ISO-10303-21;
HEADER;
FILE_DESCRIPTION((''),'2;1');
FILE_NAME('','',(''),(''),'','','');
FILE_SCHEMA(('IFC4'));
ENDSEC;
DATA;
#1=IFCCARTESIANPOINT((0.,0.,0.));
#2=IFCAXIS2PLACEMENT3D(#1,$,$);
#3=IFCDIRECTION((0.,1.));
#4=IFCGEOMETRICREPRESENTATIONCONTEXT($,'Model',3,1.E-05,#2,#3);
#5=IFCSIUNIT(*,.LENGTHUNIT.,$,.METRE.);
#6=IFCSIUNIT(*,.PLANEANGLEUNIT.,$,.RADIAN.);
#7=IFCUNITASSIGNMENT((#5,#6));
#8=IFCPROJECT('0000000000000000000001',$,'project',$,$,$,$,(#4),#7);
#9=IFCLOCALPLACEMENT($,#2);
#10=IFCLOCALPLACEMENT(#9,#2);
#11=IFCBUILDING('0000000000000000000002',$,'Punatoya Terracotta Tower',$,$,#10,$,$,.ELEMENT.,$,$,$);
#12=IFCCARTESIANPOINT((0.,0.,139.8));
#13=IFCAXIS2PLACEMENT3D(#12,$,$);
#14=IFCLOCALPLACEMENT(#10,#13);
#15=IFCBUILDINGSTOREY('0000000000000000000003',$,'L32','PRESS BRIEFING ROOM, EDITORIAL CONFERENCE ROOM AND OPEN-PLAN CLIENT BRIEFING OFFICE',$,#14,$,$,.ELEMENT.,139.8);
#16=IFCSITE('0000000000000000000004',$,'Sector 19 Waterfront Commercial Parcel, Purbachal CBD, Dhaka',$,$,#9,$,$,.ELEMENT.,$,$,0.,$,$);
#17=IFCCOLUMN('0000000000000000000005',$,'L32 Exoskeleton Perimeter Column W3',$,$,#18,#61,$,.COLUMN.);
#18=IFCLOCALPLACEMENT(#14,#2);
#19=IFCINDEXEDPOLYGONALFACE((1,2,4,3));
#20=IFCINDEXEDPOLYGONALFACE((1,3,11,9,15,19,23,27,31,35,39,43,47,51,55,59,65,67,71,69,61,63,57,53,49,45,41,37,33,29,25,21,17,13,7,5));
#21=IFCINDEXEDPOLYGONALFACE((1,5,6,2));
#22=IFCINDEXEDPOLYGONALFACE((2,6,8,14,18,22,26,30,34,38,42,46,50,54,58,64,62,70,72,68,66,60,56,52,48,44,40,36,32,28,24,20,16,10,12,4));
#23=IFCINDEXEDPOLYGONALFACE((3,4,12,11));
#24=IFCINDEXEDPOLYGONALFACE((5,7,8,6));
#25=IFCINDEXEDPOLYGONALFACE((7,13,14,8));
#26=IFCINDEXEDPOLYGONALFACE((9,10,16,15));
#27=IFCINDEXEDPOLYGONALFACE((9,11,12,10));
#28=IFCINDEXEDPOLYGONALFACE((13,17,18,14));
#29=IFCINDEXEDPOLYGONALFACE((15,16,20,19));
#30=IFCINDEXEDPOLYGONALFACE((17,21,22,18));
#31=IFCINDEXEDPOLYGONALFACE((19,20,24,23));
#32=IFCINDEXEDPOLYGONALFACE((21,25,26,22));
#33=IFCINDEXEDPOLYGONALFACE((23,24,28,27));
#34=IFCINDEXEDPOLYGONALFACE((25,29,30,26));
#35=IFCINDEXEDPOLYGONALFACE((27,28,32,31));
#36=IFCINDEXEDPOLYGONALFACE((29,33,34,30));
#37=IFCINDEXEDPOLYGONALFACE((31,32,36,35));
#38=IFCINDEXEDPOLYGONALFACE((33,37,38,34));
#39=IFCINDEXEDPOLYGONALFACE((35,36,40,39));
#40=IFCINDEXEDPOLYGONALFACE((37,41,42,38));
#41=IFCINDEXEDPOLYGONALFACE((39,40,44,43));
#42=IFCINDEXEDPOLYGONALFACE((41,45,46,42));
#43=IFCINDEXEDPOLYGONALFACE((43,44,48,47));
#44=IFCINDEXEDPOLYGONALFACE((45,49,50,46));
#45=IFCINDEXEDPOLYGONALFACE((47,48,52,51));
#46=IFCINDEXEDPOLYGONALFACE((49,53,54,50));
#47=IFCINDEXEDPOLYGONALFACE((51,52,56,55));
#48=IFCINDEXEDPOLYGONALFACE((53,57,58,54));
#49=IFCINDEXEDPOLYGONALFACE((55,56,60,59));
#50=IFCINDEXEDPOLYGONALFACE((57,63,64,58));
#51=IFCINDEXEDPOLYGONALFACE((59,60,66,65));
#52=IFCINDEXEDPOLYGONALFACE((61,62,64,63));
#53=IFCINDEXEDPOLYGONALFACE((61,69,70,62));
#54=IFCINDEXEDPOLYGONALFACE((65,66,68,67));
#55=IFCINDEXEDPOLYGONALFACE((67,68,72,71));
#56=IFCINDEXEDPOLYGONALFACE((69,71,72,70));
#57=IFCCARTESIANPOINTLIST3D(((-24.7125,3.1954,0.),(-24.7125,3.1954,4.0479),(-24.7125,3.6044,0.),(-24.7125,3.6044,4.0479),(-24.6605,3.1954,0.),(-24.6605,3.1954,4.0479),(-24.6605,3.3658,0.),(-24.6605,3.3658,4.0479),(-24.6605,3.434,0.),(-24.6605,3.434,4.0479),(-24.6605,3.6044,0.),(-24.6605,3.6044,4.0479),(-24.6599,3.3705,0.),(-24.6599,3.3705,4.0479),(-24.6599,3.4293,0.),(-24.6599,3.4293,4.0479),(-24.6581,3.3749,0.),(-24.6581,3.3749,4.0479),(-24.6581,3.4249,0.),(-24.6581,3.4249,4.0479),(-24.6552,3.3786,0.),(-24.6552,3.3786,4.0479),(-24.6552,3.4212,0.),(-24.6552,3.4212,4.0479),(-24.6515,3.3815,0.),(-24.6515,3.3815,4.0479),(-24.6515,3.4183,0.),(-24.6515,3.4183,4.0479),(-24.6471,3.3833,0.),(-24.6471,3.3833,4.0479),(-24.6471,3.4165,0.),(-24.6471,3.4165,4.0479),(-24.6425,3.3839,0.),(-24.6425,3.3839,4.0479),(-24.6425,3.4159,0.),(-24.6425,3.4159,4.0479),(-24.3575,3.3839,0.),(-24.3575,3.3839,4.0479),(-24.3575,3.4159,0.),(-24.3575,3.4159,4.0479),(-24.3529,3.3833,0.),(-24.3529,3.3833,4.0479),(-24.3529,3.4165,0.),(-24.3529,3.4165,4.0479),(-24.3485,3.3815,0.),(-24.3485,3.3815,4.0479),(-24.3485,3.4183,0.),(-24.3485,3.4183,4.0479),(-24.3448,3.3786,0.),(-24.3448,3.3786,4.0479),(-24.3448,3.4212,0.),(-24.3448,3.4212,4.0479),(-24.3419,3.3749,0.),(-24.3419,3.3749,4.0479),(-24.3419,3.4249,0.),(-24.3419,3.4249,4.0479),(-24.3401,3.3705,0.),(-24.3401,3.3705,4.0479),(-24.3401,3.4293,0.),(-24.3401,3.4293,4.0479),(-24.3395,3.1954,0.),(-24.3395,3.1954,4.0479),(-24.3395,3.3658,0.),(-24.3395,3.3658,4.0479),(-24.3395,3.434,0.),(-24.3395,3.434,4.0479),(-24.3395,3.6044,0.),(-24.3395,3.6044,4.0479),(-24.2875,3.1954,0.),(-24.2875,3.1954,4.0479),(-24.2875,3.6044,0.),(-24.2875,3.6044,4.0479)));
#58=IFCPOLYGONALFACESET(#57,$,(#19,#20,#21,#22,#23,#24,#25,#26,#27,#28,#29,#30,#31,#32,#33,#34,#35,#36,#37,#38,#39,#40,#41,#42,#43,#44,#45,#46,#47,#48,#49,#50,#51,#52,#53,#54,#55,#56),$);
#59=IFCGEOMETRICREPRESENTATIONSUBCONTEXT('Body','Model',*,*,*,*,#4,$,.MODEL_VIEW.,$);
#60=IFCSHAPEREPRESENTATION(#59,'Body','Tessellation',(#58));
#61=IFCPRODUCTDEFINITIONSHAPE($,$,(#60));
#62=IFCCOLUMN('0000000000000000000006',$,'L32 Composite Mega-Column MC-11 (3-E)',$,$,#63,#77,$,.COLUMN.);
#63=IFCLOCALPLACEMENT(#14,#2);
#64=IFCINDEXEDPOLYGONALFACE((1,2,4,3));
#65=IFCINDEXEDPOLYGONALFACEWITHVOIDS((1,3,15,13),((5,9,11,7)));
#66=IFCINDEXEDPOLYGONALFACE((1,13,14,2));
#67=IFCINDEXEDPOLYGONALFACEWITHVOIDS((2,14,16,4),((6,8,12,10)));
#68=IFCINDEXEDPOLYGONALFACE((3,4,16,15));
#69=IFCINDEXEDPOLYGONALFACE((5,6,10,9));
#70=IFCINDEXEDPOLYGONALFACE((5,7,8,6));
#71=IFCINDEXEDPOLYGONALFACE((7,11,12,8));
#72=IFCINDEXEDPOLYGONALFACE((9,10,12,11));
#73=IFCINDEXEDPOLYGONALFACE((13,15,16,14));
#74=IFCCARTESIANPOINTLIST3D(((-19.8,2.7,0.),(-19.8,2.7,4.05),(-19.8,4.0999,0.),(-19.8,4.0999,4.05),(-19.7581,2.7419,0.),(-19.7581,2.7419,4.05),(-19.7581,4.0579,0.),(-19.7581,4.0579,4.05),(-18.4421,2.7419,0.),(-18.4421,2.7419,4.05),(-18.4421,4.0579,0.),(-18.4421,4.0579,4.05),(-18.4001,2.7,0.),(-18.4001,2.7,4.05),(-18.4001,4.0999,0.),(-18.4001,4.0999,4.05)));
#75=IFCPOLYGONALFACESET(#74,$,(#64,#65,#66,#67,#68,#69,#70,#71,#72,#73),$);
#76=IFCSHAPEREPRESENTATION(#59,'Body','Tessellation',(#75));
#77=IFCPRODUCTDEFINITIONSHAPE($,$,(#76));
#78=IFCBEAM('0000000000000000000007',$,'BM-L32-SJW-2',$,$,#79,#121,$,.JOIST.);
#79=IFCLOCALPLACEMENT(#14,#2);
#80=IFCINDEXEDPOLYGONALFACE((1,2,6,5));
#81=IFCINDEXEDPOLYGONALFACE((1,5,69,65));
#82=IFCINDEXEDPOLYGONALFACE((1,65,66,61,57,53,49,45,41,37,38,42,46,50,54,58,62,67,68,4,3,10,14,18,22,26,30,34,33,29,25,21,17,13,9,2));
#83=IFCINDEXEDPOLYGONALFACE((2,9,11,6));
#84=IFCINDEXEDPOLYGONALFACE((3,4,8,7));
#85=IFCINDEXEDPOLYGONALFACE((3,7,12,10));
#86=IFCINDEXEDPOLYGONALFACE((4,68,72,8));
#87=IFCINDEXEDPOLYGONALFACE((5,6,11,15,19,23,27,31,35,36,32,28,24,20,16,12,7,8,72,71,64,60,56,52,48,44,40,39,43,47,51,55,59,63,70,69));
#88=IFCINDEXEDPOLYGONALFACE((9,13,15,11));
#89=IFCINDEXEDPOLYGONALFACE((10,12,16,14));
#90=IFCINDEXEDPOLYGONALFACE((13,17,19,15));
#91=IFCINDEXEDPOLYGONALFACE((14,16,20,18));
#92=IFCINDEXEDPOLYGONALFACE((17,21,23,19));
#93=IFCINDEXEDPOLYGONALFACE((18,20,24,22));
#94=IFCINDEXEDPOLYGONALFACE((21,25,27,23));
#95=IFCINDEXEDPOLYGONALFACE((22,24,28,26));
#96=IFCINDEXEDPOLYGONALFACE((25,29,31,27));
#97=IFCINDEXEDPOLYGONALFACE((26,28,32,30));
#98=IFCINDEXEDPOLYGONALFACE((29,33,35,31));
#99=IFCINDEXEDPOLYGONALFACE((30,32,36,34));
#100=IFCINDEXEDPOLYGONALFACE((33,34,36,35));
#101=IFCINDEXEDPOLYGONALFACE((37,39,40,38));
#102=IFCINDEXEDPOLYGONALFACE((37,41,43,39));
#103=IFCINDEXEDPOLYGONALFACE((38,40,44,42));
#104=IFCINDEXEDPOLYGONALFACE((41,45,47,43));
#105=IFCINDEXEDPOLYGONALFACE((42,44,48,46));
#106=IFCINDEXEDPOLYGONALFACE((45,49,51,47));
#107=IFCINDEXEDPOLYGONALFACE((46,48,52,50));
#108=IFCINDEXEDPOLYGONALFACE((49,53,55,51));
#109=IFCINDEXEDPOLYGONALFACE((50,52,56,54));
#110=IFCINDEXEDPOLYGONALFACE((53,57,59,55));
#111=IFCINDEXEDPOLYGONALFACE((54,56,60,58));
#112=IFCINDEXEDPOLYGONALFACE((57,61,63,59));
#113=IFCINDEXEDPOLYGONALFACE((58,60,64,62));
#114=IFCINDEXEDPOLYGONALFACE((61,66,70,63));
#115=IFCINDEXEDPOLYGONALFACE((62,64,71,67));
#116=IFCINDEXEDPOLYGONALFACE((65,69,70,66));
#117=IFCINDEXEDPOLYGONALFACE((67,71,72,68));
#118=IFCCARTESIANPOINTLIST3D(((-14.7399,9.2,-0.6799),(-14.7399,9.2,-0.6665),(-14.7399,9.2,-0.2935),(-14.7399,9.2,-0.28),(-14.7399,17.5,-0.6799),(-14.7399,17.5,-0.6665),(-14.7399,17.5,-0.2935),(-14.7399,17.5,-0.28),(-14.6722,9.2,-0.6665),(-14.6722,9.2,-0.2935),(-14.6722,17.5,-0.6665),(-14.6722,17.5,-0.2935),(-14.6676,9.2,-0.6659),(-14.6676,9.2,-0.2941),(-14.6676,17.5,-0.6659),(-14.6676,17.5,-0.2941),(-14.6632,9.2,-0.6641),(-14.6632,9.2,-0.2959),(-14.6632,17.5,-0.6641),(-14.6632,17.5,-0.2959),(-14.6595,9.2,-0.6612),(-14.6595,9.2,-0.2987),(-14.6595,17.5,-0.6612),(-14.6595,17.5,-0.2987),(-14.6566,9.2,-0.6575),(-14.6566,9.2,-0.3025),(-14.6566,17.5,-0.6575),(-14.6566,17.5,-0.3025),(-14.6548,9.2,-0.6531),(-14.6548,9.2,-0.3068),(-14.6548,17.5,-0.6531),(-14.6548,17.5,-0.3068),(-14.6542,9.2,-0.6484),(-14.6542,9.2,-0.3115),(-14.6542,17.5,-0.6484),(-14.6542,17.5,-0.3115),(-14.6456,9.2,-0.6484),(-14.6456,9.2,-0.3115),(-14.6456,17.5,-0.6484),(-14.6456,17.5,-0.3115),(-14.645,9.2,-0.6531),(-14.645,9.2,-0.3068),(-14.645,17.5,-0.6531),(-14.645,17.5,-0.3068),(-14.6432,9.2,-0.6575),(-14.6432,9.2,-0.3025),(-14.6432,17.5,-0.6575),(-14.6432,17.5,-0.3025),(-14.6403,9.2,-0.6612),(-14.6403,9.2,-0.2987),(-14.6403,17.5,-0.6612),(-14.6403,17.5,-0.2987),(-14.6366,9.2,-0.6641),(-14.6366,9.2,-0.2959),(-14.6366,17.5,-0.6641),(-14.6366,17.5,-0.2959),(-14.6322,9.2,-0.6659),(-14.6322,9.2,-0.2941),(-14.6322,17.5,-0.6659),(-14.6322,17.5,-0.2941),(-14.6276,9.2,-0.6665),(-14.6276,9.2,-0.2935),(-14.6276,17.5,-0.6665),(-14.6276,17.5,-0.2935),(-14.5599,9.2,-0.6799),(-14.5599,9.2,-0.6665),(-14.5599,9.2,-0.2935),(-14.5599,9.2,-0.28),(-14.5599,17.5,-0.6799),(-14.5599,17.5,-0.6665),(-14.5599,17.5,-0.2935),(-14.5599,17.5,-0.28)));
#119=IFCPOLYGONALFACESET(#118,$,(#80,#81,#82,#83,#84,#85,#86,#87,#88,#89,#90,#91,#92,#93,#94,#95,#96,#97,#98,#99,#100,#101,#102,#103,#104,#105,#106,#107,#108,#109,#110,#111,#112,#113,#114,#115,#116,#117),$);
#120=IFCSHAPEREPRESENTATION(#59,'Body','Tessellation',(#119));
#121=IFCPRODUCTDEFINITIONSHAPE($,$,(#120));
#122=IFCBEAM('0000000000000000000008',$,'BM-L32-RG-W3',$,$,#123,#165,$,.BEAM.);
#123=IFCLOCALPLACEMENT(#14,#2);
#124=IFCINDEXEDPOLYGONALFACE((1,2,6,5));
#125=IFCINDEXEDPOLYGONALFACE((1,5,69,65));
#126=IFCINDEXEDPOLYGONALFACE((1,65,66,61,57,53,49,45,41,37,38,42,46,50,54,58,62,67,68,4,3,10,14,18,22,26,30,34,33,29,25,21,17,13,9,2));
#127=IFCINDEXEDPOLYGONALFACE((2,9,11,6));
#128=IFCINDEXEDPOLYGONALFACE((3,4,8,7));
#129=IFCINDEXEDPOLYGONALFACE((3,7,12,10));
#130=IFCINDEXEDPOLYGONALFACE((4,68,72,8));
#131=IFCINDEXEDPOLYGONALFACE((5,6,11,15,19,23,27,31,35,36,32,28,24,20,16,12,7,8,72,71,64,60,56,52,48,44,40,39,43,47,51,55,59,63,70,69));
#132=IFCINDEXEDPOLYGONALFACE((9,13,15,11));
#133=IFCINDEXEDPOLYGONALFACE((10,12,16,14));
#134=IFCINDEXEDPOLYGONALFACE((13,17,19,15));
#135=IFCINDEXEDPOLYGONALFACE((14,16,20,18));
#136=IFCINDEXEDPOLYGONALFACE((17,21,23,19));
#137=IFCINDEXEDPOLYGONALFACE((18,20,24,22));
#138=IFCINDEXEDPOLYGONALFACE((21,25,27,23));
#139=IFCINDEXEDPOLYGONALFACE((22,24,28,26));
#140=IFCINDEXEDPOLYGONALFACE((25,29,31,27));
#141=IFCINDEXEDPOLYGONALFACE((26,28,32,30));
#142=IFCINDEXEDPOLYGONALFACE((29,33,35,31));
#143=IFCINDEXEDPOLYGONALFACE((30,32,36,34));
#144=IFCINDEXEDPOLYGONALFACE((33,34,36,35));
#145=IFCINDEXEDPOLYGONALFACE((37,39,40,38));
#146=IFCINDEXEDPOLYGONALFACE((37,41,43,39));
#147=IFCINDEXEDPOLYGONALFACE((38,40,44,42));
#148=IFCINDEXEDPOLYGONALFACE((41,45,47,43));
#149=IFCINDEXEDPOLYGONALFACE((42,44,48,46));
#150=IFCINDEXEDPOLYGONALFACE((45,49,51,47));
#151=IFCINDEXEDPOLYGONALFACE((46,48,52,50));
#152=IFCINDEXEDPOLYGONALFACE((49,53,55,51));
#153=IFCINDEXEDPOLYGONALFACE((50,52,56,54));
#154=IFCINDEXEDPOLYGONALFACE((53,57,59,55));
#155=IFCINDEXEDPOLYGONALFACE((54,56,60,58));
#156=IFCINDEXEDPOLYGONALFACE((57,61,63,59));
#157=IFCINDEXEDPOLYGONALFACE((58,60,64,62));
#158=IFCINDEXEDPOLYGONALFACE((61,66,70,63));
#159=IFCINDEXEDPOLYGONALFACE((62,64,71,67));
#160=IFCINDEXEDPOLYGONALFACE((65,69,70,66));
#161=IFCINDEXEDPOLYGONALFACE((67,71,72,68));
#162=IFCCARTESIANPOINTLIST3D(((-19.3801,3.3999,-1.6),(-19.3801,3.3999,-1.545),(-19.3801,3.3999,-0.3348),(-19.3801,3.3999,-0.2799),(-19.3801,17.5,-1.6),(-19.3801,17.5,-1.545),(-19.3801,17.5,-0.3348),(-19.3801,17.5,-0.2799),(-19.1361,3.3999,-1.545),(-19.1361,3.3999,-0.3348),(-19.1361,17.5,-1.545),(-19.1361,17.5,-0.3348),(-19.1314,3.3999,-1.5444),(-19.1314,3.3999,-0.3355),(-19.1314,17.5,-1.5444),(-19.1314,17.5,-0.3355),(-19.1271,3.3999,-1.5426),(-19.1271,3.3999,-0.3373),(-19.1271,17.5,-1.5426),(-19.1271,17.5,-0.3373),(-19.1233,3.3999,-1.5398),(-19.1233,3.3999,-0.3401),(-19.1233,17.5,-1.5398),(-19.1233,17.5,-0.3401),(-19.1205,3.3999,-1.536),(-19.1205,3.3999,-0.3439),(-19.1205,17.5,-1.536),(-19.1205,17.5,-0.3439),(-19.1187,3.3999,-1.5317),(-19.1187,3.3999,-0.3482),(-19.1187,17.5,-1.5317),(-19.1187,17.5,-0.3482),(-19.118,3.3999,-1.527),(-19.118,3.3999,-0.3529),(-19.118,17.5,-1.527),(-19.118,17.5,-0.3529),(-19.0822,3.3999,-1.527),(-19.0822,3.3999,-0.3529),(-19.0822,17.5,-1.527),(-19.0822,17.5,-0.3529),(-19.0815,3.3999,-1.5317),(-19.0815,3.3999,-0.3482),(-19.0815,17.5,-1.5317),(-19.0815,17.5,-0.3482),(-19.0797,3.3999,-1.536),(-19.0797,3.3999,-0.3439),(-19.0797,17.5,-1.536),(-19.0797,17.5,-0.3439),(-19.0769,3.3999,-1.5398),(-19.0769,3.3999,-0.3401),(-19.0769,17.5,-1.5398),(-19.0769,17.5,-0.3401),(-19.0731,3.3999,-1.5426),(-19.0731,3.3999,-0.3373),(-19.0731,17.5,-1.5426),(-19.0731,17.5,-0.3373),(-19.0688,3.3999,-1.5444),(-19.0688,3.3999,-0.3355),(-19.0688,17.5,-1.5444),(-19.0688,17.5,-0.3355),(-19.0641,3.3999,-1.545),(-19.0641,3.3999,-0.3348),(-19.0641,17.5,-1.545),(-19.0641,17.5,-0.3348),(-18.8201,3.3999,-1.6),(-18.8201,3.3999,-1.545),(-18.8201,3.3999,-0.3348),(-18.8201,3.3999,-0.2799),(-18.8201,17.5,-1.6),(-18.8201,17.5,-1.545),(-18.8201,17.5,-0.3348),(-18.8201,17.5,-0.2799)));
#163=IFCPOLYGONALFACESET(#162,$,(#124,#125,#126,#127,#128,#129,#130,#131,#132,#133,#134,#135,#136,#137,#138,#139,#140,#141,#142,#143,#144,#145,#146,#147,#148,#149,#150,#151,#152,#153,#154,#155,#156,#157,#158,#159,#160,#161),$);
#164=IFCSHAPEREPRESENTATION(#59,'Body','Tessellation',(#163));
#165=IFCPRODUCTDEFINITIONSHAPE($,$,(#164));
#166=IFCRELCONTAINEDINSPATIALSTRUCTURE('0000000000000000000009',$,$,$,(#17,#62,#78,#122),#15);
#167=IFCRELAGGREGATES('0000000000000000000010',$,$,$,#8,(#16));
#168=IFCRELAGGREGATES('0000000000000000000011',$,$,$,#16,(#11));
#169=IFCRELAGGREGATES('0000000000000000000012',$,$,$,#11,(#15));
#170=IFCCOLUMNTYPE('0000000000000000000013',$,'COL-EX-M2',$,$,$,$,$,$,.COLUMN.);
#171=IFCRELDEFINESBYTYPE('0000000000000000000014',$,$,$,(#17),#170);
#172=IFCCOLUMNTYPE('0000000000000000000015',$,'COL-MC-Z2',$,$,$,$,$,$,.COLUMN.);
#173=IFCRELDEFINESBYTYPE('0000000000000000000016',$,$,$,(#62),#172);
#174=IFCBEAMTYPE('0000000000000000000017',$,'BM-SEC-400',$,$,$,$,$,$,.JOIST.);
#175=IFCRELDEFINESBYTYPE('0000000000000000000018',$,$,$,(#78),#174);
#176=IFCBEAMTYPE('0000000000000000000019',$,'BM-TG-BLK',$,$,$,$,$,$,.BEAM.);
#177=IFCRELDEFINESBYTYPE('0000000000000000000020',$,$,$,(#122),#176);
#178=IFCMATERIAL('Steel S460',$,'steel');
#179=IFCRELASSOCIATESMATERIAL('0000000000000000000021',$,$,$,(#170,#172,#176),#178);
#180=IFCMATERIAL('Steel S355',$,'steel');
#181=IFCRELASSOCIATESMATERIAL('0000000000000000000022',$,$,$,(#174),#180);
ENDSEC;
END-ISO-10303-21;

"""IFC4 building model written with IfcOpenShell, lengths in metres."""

from ifc_helpers import new_model, si_unit, direction, frame, origin, origin_2d, place, context, subcontext, project, spatial, hollow_rectangle, i_section, extrude, material, material_profile, profile_set, type_object, element, save


model = new_model("IFC4")

# Units and contexts
model_context = context("Model", 3, precision=1e-05, world=origin(), true_north=direction((0.0, 1.0)))
body_context = subcontext(model_context, "Body", "Model", "MODEL_VIEW")
ifc_project = project(units=[si_unit("LENGTHUNIT", "METRE"), si_unit("PLANEANGLEUNIT", "RADIAN")], contexts=[model_context])

# Site, building, storey
site_placement = place(None, origin())
site = spatial("IfcSite", under=ifc_project, at=site_placement, Name="Sector 19 Waterfront Commercial Parcel, Purbachal CBD, Dhaka", CompositionType="ELEMENT", RefElevation=0.0)
building_placement = place(site_placement, origin())
building = spatial("IfcBuilding", under=site, at=building_placement, Name="Punatoya Terracotta Tower", CompositionType="ELEMENT")
storey_placement = place(building_placement, frame((0.0, 0.0, 139.8)))
storey = spatial("IfcBuildingStorey", under=building, at=storey_placement, Name="L32", Description="PRESS BRIEFING ROOM, EDITORIAL CONFERENCE ROOM AND OPEN-PLAN CLIENT BRIEFING OFFICE", CompositionType="ELEMENT", Elevation=139.8)

# Columns
ifc_material_1 = material(Name="Steel S460", Category="steel")
ifc_material_profile_1 = material_profile(ifc_material_1, i_section(OverallWidth=0.4089, OverallDepth=0.425, WebThickness=0.032, FlangeThickness=0.052, FilletRadius=0.0181, at=origin_2d()))
ifc_profile_set_1 = profile_set([ifc_material_profile_1], Name="Steel S460")
column_type_1 = type_object("IfcColumnType", Name="COL-EX-M2", PredefinedType="COLUMN", material=ifc_profile_set_1)
column_1_placement = place(storey_placement, frame((-24.5, 3.3999, 0.0), z_axis=(0.0, 0.0, 1.0), x_axis=(0.0, 1.0, 0.0)))
element("IfcColumn", 1, at=column_1_placement, inside=storey, type_object=column_type_1, Name="L32 Exoskeleton Perimeter Column W3", PredefinedType="COLUMN", context=body_context, shape_type="SweptSolid", body=[
    extrude(i_section(OverallWidth=0.4089, OverallDepth=0.425, WebThickness=0.032, FlangeThickness=0.052, FilletRadius=0.0181, at=origin_2d()), origin(), (0.0, 0.0, 1.0), 4.0479),
])
ifc_material_profile_2 = material_profile(ifc_material_1, hollow_rectangle(XDim=1.3999, YDim=1.3999, WallThickness=0.042, at=origin_2d()))
ifc_profile_set_2 = profile_set([ifc_material_profile_2], Name="Steel S460")
column_type_2 = type_object("IfcColumnType", Name="COL-MC-Z2", PredefinedType="COLUMN", material=ifc_profile_set_2)
column_2_placement = place(storey_placement, frame((-19.1001, 3.3999, 0.0), z_axis=(0.0, 0.0, 1.0), x_axis=(1.0, 0.0, 0.0)))
element("IfcColumn", 2, at=column_2_placement, inside=storey, type_object=column_type_2, Name="L32 Composite Mega-Column MC-11 (3-E)", PredefinedType="COLUMN", context=body_context, shape_type="SweptSolid", body=[
    extrude(hollow_rectangle(XDim=1.3999, YDim=1.3999, WallThickness=0.042, at=origin_2d()), origin(), (0.0, 0.0, 1.0), 4.05),
])

# Beams
ifc_material_2 = material(Name="Steel S355", Category="steel")
ifc_material_profile_3 = material_profile(ifc_material_2, i_section(OverallWidth=0.1799, OverallDepth=0.3999, WebThickness=0.0085, FlangeThickness=0.0134, FilletRadius=0.0181, at=origin_2d()))
ifc_profile_set_3 = profile_set([ifc_material_profile_3], Name="Steel S355")
beam_type_1 = type_object("IfcBeamType", Name="BM-SEC-400", PredefinedType="JOIST", material=ifc_profile_set_3)
beam_1_placement = place(storey_placement, frame((-14.6499, 9.2, -0.48), z_axis=(0.0, 1.0, 0.0), x_axis=(-1.0, 0.0, 0.0)))
element("IfcBeam", 3, at=beam_1_placement, inside=storey, type_object=beam_type_1, Name="BM-L32-SJW-2", PredefinedType="JOIST", context=body_context, shape_type="SweptSolid", body=[
    extrude(i_section(OverallWidth=0.1799, OverallDepth=0.3999, WebThickness=0.0085, FlangeThickness=0.0134, FilletRadius=0.0181, at=origin_2d()), origin(), (0.0, 0.0, 1.0), 8.3),
])
ifc_material_profile_4 = material_profile(ifc_material_1, i_section(OverallWidth=0.5601, OverallDepth=1.3201, WebThickness=0.0359, FlangeThickness=0.0549, FilletRadius=0.0181, at=origin_2d()))
ifc_profile_set_4 = profile_set([ifc_material_profile_4], Name="Steel S460")
beam_type_2 = type_object("IfcBeamType", Name="BM-TG-BLK", PredefinedType="BEAM", material=ifc_profile_set_4)
beam_2_placement = place(storey_placement, frame((-19.1001, 3.3999, -0.9399), z_axis=(0.0, 1.0, 0.0), x_axis=(-1.0, 0.0, 0.0)))
element("IfcBeam", 4, at=beam_2_placement, inside=storey, type_object=beam_type_2, Name="BM-L32-RG-W3", PredefinedType="BEAM", context=body_context, shape_type="SweptSolid", body=[
    extrude(i_section(OverallWidth=0.5601, OverallDepth=1.3201, WebThickness=0.0359, FlangeThickness=0.0549, FilletRadius=0.0181, at=origin_2d()), origin(), (0.0, 0.0, 1.0), 14.1001),
])

save(model, "model.ifc")
